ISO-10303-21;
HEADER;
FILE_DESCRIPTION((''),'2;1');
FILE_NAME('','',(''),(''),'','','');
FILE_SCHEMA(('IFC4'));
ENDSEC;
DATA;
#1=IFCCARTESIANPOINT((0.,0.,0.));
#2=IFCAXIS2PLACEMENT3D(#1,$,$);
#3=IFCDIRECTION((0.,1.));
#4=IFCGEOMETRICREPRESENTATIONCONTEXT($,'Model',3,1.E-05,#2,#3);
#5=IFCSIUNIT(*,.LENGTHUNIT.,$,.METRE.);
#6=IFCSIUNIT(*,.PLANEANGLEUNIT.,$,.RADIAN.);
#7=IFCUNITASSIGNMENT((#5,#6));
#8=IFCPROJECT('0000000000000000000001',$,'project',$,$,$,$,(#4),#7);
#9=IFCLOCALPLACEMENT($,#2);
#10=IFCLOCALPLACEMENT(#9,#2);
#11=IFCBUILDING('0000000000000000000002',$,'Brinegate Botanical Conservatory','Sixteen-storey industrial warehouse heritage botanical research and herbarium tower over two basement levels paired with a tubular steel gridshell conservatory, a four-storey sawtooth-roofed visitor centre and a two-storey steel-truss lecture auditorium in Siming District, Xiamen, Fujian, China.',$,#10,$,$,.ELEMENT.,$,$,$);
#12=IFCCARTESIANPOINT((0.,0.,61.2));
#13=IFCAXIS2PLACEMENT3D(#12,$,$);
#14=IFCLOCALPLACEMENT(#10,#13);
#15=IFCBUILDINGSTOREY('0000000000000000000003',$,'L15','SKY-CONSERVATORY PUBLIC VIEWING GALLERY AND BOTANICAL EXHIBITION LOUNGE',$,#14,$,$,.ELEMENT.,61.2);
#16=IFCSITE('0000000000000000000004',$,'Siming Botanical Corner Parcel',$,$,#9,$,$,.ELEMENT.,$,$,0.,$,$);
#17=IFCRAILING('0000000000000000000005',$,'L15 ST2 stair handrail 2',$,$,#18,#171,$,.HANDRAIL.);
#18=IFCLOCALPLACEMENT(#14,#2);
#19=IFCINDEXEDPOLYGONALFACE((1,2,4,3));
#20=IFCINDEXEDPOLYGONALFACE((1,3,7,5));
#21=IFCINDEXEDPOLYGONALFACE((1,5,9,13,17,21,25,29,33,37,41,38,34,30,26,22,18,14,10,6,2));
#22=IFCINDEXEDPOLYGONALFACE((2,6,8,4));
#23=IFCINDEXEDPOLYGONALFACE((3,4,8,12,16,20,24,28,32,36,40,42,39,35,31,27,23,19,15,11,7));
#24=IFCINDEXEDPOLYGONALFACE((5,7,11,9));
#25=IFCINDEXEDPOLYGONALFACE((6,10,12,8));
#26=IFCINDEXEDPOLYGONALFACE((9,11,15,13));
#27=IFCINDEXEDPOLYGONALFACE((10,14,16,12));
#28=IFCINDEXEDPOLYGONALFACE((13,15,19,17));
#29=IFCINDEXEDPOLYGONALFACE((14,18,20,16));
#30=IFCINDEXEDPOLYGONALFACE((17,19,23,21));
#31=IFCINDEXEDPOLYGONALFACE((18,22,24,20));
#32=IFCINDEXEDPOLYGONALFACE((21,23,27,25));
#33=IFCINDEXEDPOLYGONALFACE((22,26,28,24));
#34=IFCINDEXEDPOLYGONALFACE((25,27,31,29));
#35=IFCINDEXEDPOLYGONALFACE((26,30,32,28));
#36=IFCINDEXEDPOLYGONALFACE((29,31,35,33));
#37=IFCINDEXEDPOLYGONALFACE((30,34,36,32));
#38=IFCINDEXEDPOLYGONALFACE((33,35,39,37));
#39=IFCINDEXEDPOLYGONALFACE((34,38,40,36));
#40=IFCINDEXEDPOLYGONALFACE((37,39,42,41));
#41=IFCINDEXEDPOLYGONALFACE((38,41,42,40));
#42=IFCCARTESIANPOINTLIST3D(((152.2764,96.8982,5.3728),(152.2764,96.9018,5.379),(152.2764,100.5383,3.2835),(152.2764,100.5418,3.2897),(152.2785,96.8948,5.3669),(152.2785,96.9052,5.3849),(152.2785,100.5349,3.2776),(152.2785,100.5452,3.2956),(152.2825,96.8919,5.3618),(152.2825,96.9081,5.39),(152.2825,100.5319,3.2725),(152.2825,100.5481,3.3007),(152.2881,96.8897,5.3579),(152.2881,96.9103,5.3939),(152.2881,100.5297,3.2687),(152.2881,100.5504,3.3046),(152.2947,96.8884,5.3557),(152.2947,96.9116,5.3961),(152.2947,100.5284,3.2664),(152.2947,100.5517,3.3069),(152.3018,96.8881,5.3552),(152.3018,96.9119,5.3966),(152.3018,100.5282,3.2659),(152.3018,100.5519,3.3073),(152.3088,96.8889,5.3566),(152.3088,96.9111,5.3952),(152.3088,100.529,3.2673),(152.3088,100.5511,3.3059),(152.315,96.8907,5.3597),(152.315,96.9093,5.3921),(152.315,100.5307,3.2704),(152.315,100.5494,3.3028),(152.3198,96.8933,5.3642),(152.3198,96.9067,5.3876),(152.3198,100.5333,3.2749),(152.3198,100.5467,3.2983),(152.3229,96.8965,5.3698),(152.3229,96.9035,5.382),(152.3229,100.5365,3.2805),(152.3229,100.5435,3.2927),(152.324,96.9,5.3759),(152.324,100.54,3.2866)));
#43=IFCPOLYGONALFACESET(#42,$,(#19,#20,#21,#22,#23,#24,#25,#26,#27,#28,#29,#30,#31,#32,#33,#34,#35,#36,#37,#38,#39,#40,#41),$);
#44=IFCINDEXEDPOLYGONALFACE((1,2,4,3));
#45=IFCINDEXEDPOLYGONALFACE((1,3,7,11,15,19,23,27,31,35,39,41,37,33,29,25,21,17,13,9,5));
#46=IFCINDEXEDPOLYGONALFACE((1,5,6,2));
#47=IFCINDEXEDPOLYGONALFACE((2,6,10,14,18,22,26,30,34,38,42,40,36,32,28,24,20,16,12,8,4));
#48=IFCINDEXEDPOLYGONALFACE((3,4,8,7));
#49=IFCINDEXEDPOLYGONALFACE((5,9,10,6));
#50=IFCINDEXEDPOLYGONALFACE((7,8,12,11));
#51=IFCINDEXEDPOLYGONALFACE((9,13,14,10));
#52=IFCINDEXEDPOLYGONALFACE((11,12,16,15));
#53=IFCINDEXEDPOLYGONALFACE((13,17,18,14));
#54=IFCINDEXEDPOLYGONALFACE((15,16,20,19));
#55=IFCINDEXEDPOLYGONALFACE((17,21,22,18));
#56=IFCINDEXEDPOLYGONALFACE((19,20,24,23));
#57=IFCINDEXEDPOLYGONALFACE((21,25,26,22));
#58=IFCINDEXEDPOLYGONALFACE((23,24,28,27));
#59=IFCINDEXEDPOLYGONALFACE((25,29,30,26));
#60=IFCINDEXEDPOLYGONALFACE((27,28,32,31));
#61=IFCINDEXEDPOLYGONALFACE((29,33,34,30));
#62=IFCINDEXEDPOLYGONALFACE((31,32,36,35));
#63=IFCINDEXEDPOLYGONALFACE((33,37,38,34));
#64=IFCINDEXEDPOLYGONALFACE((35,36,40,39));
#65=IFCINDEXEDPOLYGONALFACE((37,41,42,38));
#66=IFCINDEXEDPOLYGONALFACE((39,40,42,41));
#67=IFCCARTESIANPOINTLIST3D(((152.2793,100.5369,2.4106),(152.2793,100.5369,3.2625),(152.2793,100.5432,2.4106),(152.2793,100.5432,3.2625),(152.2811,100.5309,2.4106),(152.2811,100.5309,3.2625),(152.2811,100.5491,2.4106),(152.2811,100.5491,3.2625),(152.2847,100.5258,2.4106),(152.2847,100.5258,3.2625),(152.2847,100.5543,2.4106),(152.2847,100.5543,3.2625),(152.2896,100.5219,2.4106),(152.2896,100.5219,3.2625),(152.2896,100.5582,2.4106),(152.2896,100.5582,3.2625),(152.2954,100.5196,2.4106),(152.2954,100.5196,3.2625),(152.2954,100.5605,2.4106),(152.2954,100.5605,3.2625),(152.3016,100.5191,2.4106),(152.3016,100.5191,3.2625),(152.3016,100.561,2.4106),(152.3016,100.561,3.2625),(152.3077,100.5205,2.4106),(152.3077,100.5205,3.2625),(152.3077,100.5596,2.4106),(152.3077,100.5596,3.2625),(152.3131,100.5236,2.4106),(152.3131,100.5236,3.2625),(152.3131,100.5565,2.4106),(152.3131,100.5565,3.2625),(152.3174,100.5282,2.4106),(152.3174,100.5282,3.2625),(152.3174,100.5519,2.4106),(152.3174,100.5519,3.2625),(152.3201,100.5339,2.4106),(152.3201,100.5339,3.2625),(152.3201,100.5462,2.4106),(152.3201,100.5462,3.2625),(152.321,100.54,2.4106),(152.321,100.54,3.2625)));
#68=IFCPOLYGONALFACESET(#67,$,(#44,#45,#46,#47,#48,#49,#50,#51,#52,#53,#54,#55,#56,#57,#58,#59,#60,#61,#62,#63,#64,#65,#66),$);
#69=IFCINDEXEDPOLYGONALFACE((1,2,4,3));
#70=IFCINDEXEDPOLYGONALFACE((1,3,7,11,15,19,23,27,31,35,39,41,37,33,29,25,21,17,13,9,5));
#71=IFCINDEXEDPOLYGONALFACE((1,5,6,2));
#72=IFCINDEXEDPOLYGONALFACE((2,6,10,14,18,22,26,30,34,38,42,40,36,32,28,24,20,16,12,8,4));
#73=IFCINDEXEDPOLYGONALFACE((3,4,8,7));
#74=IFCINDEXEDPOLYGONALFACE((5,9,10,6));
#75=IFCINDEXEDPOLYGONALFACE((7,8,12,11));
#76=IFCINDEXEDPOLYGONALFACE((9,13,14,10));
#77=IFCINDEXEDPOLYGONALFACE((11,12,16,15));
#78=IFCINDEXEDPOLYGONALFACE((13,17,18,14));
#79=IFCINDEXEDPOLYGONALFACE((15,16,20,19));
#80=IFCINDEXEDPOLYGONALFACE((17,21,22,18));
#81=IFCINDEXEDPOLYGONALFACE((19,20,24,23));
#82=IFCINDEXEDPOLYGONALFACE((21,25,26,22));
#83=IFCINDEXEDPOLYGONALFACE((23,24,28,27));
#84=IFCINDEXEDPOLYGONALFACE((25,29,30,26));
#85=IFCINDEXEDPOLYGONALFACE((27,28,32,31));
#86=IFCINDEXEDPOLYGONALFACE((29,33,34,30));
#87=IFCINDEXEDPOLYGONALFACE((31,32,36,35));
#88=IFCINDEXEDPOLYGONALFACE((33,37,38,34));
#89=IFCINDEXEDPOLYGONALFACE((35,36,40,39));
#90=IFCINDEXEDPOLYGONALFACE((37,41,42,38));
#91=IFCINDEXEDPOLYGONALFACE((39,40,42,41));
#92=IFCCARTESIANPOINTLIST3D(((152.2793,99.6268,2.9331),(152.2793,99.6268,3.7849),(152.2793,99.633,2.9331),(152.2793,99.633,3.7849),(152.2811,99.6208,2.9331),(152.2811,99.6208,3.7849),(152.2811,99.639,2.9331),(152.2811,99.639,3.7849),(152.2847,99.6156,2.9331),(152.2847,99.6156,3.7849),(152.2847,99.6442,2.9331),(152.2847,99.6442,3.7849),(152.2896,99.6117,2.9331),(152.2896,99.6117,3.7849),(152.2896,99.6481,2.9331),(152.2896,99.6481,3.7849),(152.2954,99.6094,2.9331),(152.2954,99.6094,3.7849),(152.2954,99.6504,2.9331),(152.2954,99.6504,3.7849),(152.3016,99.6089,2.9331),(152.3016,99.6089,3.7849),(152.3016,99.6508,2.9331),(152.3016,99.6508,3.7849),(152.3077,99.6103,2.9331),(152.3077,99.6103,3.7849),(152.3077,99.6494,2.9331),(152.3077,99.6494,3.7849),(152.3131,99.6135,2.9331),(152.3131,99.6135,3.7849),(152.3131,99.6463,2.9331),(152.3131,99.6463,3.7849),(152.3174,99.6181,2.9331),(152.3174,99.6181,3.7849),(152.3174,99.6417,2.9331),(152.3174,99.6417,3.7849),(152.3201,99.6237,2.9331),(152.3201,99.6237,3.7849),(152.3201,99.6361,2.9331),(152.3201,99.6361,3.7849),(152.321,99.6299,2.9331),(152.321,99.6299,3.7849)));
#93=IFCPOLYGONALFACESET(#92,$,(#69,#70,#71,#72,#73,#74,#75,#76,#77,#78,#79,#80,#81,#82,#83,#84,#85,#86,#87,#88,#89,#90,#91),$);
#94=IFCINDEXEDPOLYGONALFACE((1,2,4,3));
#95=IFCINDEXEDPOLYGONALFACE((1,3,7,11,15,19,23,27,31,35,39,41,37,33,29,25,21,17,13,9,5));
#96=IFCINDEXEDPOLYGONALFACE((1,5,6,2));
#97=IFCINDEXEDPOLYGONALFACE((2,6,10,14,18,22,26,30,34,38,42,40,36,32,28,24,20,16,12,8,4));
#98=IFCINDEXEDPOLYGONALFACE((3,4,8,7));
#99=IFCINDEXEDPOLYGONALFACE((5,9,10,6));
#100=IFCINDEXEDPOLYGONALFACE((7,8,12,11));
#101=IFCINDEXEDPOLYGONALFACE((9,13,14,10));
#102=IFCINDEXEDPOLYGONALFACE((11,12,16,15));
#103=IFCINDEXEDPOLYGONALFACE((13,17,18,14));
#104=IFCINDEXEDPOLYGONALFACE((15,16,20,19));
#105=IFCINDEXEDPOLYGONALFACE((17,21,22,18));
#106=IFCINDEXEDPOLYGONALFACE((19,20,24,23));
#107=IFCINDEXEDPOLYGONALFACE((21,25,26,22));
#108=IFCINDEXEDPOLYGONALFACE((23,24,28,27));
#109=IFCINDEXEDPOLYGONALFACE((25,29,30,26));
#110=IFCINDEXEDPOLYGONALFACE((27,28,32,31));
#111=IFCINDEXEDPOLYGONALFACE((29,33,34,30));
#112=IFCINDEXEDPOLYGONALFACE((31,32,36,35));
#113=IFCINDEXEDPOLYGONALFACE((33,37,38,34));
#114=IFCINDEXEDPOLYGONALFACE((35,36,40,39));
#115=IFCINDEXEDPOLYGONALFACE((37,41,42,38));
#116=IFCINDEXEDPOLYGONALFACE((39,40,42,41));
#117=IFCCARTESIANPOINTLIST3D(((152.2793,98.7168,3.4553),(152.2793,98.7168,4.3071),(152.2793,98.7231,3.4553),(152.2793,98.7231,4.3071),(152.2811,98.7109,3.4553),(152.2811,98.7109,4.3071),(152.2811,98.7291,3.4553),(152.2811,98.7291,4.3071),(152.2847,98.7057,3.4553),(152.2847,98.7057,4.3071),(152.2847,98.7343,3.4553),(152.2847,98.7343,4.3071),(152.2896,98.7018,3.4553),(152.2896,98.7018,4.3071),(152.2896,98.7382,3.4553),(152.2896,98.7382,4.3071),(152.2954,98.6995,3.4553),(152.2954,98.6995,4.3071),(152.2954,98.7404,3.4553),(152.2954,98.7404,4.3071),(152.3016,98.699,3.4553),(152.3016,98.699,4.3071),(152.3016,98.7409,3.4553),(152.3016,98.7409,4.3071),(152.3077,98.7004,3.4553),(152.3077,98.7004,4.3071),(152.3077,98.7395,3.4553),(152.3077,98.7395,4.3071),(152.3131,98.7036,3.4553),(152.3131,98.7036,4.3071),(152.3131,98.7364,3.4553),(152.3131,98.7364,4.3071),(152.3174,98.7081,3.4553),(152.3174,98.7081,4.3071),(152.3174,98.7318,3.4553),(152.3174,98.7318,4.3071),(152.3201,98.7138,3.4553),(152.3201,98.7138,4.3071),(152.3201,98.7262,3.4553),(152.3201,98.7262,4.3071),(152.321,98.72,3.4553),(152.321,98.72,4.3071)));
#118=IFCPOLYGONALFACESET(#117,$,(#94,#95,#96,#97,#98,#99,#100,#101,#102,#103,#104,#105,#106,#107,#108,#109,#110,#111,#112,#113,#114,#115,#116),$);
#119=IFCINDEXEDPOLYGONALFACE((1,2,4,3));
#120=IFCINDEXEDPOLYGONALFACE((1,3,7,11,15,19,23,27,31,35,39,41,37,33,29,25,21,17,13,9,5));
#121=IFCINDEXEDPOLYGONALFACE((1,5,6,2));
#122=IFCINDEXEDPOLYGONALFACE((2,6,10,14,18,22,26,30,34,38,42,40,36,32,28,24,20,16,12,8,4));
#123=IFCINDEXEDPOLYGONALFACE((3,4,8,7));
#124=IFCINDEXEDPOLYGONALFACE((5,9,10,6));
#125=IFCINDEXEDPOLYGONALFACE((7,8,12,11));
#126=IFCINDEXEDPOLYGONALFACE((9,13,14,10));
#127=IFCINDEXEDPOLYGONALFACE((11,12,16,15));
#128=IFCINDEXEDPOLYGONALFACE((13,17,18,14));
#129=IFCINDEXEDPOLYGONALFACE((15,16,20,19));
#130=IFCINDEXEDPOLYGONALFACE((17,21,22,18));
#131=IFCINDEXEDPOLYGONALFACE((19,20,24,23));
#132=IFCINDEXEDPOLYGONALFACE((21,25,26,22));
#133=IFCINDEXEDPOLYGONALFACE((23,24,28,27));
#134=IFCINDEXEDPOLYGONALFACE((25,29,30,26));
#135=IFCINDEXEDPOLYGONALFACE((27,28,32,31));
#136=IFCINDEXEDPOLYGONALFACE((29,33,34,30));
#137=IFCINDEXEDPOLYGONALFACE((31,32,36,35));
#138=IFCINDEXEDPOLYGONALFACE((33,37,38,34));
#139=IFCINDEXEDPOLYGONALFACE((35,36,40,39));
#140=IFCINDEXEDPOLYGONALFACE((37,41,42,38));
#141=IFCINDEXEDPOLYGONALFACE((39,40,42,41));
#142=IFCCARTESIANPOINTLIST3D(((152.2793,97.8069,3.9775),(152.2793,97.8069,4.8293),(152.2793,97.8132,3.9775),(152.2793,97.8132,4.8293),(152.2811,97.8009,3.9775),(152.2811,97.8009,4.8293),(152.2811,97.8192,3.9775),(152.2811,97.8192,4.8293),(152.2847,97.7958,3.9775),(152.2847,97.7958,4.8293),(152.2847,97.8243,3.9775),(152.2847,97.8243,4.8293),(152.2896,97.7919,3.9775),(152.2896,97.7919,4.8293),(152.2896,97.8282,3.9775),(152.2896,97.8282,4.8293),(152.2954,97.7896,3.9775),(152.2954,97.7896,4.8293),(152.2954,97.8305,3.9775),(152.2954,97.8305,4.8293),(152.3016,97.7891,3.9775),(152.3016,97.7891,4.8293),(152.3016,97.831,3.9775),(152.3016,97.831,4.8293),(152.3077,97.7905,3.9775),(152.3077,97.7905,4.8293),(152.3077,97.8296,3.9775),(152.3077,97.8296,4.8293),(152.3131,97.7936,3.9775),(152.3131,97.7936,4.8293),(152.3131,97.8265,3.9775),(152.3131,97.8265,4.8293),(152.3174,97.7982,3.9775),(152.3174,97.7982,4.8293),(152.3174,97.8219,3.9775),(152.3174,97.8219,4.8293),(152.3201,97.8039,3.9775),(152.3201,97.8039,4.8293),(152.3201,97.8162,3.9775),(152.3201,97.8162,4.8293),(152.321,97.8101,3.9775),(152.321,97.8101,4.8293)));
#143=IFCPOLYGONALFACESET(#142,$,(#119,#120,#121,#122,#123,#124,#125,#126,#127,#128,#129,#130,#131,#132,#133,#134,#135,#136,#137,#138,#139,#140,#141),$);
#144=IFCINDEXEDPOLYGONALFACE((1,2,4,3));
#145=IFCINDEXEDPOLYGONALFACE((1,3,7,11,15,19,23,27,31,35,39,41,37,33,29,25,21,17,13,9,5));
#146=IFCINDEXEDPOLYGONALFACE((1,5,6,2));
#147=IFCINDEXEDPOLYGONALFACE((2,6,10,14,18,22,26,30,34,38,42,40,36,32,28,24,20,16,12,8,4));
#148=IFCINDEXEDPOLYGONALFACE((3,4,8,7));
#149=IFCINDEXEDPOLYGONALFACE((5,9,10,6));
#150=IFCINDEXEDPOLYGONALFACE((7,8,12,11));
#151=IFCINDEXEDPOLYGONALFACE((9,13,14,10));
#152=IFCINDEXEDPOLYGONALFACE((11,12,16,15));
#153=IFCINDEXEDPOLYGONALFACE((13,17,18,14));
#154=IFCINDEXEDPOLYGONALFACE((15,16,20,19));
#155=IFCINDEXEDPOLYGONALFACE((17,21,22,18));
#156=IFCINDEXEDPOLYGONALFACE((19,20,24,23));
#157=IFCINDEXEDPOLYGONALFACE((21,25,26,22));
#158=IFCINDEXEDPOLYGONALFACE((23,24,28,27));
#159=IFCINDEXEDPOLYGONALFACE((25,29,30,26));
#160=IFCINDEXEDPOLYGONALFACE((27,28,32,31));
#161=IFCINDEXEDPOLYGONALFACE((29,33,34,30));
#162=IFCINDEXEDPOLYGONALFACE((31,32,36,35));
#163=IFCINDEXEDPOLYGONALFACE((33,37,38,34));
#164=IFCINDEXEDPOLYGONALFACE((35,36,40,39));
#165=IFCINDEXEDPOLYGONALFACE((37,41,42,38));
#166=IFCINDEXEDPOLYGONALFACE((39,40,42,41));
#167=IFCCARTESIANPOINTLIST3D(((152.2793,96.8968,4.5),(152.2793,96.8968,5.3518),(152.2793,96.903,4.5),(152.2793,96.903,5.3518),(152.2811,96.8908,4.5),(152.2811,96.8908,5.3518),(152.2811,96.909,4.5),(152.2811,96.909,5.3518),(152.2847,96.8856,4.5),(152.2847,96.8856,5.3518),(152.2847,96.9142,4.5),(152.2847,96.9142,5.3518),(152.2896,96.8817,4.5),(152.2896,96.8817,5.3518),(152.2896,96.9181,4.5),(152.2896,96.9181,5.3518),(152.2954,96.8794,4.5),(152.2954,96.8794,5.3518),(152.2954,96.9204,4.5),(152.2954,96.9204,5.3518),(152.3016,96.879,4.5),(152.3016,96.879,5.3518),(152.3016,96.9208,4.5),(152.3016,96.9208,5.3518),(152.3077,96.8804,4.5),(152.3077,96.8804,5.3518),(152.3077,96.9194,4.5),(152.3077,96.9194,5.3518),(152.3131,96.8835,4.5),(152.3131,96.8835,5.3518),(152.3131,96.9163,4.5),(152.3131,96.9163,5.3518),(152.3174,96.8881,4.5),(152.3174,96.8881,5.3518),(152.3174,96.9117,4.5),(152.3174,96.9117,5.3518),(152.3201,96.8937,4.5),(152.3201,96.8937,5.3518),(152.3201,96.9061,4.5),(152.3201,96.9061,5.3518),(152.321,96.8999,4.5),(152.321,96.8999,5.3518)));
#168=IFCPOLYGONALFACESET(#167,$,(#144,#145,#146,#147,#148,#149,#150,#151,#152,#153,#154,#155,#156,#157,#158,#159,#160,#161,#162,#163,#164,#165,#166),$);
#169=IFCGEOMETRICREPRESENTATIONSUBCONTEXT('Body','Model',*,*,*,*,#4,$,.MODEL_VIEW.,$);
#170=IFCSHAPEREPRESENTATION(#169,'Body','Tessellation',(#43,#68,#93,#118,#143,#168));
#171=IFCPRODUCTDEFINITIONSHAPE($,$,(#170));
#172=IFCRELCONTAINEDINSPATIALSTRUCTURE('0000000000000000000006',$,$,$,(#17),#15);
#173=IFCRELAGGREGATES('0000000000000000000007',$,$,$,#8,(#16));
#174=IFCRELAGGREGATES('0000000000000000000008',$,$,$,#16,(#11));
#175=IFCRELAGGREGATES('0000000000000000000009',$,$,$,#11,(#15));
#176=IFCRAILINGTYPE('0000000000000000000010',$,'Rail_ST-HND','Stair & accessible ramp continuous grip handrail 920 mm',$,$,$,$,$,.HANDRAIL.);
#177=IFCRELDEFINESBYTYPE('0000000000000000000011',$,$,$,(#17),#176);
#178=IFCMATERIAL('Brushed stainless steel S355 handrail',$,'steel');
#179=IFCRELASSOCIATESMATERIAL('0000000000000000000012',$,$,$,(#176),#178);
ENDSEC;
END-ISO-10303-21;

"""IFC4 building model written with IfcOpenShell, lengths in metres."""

from ifc_helpers import new_model, si_unit, direction, frame, origin, origin_2d, place, context, subcontext, project, spatial, circle, extrude, material, type_object, element, save


model = new_model("IFC4")

# Units and contexts
model_context = context("Model", 3, precision=1e-05, world=origin(), true_north=direction((0.0, 1.0)))
body_context = subcontext(model_context, "Body", "Model", "MODEL_VIEW")
ifc_project = project(units=[si_unit("LENGTHUNIT", "METRE"), si_unit("PLANEANGLEUNIT", "RADIAN")], contexts=[model_context])

# Site, building, storey
site_placement = place(None, origin())
site = spatial("IfcSite", under=ifc_project, at=site_placement, Name="Siming Botanical Corner Parcel", CompositionType="ELEMENT", RefElevation=0.0)
building_placement = place(site_placement, origin())
building = spatial("IfcBuilding", under=site, at=building_placement, Name="Brinegate Botanical Conservatory", Description="Sixteen-storey industrial warehouse heritage botanical research and herbarium tower over two basement levels paired with a tubular steel gridshell conservatory, a four-storey sawtooth-roofed visitor centre and a two-storey steel-truss lecture auditorium in Siming District, Xiamen, Fujian, China.", CompositionType="ELEMENT")
storey_placement = place(building_placement, frame((0.0, 0.0, 61.2)))
storey = spatial("IfcBuildingStorey", under=building, at=storey_placement, Name="L15", Description="SKY-CONSERVATORY PUBLIC VIEWING GALLERY AND BOTANICAL EXHIBITION LOUNGE", CompositionType="ELEMENT", Elevation=61.2)

# Railing
ifc_material_1 = material(Name="Brushed stainless steel S355 handrail", Category="steel")
railing_type_1 = type_object("IfcRailingType", Name="Rail_ST-HND", Description="Stair & accessible ramp continuous grip handrail 920 mm", PredefinedType="HANDRAIL", material=ifc_material_1)
railing_1_placement = place(storey_placement, frame((152.3, 100.54, 2.4106)))
element("IfcRailing", 1, at=railing_1_placement, inside=storey, type_object=railing_type_1, Name="L15 ST2 stair handrail 2", PredefinedType="HANDRAIL", context=body_context, shape_type="SweptSolid", body=[
    extrude(circle(Radius=0.0239, at=origin_2d()), frame((0.0, 0.0, 0.876), z_axis=(0.0, -0.867289, 0.497804), x_axis=(1.0, 0.0, 0.0)), (0.0, 0.0, 1.0), 4.197),
    extrude(circle(Radius=0.021, at=origin_2d()), origin(), (0.0, 0.0, 1.0), 0.8518),
    extrude(circle(Radius=0.021, at=origin_2d()), frame((0.0, -0.9102, 0.5225)), (0.0, 0.0, 1.0), 0.8518),
    extrude(circle(Radius=0.021, at=origin_2d()), frame((0.0, -1.8201, 1.0447)), (0.0, 0.0, 1.0), 0.8518),
    extrude(circle(Radius=0.021, at=origin_2d()), frame((0.0, -2.73, 1.5669)), (0.0, 0.0, 1.0), 0.8518),
    extrude(circle(Radius=0.021, at=origin_2d()), frame((0.0, -3.6401, 2.0894)), (0.0, 0.0, 1.0), 0.8518),
])

save(model, "model.ifc")
